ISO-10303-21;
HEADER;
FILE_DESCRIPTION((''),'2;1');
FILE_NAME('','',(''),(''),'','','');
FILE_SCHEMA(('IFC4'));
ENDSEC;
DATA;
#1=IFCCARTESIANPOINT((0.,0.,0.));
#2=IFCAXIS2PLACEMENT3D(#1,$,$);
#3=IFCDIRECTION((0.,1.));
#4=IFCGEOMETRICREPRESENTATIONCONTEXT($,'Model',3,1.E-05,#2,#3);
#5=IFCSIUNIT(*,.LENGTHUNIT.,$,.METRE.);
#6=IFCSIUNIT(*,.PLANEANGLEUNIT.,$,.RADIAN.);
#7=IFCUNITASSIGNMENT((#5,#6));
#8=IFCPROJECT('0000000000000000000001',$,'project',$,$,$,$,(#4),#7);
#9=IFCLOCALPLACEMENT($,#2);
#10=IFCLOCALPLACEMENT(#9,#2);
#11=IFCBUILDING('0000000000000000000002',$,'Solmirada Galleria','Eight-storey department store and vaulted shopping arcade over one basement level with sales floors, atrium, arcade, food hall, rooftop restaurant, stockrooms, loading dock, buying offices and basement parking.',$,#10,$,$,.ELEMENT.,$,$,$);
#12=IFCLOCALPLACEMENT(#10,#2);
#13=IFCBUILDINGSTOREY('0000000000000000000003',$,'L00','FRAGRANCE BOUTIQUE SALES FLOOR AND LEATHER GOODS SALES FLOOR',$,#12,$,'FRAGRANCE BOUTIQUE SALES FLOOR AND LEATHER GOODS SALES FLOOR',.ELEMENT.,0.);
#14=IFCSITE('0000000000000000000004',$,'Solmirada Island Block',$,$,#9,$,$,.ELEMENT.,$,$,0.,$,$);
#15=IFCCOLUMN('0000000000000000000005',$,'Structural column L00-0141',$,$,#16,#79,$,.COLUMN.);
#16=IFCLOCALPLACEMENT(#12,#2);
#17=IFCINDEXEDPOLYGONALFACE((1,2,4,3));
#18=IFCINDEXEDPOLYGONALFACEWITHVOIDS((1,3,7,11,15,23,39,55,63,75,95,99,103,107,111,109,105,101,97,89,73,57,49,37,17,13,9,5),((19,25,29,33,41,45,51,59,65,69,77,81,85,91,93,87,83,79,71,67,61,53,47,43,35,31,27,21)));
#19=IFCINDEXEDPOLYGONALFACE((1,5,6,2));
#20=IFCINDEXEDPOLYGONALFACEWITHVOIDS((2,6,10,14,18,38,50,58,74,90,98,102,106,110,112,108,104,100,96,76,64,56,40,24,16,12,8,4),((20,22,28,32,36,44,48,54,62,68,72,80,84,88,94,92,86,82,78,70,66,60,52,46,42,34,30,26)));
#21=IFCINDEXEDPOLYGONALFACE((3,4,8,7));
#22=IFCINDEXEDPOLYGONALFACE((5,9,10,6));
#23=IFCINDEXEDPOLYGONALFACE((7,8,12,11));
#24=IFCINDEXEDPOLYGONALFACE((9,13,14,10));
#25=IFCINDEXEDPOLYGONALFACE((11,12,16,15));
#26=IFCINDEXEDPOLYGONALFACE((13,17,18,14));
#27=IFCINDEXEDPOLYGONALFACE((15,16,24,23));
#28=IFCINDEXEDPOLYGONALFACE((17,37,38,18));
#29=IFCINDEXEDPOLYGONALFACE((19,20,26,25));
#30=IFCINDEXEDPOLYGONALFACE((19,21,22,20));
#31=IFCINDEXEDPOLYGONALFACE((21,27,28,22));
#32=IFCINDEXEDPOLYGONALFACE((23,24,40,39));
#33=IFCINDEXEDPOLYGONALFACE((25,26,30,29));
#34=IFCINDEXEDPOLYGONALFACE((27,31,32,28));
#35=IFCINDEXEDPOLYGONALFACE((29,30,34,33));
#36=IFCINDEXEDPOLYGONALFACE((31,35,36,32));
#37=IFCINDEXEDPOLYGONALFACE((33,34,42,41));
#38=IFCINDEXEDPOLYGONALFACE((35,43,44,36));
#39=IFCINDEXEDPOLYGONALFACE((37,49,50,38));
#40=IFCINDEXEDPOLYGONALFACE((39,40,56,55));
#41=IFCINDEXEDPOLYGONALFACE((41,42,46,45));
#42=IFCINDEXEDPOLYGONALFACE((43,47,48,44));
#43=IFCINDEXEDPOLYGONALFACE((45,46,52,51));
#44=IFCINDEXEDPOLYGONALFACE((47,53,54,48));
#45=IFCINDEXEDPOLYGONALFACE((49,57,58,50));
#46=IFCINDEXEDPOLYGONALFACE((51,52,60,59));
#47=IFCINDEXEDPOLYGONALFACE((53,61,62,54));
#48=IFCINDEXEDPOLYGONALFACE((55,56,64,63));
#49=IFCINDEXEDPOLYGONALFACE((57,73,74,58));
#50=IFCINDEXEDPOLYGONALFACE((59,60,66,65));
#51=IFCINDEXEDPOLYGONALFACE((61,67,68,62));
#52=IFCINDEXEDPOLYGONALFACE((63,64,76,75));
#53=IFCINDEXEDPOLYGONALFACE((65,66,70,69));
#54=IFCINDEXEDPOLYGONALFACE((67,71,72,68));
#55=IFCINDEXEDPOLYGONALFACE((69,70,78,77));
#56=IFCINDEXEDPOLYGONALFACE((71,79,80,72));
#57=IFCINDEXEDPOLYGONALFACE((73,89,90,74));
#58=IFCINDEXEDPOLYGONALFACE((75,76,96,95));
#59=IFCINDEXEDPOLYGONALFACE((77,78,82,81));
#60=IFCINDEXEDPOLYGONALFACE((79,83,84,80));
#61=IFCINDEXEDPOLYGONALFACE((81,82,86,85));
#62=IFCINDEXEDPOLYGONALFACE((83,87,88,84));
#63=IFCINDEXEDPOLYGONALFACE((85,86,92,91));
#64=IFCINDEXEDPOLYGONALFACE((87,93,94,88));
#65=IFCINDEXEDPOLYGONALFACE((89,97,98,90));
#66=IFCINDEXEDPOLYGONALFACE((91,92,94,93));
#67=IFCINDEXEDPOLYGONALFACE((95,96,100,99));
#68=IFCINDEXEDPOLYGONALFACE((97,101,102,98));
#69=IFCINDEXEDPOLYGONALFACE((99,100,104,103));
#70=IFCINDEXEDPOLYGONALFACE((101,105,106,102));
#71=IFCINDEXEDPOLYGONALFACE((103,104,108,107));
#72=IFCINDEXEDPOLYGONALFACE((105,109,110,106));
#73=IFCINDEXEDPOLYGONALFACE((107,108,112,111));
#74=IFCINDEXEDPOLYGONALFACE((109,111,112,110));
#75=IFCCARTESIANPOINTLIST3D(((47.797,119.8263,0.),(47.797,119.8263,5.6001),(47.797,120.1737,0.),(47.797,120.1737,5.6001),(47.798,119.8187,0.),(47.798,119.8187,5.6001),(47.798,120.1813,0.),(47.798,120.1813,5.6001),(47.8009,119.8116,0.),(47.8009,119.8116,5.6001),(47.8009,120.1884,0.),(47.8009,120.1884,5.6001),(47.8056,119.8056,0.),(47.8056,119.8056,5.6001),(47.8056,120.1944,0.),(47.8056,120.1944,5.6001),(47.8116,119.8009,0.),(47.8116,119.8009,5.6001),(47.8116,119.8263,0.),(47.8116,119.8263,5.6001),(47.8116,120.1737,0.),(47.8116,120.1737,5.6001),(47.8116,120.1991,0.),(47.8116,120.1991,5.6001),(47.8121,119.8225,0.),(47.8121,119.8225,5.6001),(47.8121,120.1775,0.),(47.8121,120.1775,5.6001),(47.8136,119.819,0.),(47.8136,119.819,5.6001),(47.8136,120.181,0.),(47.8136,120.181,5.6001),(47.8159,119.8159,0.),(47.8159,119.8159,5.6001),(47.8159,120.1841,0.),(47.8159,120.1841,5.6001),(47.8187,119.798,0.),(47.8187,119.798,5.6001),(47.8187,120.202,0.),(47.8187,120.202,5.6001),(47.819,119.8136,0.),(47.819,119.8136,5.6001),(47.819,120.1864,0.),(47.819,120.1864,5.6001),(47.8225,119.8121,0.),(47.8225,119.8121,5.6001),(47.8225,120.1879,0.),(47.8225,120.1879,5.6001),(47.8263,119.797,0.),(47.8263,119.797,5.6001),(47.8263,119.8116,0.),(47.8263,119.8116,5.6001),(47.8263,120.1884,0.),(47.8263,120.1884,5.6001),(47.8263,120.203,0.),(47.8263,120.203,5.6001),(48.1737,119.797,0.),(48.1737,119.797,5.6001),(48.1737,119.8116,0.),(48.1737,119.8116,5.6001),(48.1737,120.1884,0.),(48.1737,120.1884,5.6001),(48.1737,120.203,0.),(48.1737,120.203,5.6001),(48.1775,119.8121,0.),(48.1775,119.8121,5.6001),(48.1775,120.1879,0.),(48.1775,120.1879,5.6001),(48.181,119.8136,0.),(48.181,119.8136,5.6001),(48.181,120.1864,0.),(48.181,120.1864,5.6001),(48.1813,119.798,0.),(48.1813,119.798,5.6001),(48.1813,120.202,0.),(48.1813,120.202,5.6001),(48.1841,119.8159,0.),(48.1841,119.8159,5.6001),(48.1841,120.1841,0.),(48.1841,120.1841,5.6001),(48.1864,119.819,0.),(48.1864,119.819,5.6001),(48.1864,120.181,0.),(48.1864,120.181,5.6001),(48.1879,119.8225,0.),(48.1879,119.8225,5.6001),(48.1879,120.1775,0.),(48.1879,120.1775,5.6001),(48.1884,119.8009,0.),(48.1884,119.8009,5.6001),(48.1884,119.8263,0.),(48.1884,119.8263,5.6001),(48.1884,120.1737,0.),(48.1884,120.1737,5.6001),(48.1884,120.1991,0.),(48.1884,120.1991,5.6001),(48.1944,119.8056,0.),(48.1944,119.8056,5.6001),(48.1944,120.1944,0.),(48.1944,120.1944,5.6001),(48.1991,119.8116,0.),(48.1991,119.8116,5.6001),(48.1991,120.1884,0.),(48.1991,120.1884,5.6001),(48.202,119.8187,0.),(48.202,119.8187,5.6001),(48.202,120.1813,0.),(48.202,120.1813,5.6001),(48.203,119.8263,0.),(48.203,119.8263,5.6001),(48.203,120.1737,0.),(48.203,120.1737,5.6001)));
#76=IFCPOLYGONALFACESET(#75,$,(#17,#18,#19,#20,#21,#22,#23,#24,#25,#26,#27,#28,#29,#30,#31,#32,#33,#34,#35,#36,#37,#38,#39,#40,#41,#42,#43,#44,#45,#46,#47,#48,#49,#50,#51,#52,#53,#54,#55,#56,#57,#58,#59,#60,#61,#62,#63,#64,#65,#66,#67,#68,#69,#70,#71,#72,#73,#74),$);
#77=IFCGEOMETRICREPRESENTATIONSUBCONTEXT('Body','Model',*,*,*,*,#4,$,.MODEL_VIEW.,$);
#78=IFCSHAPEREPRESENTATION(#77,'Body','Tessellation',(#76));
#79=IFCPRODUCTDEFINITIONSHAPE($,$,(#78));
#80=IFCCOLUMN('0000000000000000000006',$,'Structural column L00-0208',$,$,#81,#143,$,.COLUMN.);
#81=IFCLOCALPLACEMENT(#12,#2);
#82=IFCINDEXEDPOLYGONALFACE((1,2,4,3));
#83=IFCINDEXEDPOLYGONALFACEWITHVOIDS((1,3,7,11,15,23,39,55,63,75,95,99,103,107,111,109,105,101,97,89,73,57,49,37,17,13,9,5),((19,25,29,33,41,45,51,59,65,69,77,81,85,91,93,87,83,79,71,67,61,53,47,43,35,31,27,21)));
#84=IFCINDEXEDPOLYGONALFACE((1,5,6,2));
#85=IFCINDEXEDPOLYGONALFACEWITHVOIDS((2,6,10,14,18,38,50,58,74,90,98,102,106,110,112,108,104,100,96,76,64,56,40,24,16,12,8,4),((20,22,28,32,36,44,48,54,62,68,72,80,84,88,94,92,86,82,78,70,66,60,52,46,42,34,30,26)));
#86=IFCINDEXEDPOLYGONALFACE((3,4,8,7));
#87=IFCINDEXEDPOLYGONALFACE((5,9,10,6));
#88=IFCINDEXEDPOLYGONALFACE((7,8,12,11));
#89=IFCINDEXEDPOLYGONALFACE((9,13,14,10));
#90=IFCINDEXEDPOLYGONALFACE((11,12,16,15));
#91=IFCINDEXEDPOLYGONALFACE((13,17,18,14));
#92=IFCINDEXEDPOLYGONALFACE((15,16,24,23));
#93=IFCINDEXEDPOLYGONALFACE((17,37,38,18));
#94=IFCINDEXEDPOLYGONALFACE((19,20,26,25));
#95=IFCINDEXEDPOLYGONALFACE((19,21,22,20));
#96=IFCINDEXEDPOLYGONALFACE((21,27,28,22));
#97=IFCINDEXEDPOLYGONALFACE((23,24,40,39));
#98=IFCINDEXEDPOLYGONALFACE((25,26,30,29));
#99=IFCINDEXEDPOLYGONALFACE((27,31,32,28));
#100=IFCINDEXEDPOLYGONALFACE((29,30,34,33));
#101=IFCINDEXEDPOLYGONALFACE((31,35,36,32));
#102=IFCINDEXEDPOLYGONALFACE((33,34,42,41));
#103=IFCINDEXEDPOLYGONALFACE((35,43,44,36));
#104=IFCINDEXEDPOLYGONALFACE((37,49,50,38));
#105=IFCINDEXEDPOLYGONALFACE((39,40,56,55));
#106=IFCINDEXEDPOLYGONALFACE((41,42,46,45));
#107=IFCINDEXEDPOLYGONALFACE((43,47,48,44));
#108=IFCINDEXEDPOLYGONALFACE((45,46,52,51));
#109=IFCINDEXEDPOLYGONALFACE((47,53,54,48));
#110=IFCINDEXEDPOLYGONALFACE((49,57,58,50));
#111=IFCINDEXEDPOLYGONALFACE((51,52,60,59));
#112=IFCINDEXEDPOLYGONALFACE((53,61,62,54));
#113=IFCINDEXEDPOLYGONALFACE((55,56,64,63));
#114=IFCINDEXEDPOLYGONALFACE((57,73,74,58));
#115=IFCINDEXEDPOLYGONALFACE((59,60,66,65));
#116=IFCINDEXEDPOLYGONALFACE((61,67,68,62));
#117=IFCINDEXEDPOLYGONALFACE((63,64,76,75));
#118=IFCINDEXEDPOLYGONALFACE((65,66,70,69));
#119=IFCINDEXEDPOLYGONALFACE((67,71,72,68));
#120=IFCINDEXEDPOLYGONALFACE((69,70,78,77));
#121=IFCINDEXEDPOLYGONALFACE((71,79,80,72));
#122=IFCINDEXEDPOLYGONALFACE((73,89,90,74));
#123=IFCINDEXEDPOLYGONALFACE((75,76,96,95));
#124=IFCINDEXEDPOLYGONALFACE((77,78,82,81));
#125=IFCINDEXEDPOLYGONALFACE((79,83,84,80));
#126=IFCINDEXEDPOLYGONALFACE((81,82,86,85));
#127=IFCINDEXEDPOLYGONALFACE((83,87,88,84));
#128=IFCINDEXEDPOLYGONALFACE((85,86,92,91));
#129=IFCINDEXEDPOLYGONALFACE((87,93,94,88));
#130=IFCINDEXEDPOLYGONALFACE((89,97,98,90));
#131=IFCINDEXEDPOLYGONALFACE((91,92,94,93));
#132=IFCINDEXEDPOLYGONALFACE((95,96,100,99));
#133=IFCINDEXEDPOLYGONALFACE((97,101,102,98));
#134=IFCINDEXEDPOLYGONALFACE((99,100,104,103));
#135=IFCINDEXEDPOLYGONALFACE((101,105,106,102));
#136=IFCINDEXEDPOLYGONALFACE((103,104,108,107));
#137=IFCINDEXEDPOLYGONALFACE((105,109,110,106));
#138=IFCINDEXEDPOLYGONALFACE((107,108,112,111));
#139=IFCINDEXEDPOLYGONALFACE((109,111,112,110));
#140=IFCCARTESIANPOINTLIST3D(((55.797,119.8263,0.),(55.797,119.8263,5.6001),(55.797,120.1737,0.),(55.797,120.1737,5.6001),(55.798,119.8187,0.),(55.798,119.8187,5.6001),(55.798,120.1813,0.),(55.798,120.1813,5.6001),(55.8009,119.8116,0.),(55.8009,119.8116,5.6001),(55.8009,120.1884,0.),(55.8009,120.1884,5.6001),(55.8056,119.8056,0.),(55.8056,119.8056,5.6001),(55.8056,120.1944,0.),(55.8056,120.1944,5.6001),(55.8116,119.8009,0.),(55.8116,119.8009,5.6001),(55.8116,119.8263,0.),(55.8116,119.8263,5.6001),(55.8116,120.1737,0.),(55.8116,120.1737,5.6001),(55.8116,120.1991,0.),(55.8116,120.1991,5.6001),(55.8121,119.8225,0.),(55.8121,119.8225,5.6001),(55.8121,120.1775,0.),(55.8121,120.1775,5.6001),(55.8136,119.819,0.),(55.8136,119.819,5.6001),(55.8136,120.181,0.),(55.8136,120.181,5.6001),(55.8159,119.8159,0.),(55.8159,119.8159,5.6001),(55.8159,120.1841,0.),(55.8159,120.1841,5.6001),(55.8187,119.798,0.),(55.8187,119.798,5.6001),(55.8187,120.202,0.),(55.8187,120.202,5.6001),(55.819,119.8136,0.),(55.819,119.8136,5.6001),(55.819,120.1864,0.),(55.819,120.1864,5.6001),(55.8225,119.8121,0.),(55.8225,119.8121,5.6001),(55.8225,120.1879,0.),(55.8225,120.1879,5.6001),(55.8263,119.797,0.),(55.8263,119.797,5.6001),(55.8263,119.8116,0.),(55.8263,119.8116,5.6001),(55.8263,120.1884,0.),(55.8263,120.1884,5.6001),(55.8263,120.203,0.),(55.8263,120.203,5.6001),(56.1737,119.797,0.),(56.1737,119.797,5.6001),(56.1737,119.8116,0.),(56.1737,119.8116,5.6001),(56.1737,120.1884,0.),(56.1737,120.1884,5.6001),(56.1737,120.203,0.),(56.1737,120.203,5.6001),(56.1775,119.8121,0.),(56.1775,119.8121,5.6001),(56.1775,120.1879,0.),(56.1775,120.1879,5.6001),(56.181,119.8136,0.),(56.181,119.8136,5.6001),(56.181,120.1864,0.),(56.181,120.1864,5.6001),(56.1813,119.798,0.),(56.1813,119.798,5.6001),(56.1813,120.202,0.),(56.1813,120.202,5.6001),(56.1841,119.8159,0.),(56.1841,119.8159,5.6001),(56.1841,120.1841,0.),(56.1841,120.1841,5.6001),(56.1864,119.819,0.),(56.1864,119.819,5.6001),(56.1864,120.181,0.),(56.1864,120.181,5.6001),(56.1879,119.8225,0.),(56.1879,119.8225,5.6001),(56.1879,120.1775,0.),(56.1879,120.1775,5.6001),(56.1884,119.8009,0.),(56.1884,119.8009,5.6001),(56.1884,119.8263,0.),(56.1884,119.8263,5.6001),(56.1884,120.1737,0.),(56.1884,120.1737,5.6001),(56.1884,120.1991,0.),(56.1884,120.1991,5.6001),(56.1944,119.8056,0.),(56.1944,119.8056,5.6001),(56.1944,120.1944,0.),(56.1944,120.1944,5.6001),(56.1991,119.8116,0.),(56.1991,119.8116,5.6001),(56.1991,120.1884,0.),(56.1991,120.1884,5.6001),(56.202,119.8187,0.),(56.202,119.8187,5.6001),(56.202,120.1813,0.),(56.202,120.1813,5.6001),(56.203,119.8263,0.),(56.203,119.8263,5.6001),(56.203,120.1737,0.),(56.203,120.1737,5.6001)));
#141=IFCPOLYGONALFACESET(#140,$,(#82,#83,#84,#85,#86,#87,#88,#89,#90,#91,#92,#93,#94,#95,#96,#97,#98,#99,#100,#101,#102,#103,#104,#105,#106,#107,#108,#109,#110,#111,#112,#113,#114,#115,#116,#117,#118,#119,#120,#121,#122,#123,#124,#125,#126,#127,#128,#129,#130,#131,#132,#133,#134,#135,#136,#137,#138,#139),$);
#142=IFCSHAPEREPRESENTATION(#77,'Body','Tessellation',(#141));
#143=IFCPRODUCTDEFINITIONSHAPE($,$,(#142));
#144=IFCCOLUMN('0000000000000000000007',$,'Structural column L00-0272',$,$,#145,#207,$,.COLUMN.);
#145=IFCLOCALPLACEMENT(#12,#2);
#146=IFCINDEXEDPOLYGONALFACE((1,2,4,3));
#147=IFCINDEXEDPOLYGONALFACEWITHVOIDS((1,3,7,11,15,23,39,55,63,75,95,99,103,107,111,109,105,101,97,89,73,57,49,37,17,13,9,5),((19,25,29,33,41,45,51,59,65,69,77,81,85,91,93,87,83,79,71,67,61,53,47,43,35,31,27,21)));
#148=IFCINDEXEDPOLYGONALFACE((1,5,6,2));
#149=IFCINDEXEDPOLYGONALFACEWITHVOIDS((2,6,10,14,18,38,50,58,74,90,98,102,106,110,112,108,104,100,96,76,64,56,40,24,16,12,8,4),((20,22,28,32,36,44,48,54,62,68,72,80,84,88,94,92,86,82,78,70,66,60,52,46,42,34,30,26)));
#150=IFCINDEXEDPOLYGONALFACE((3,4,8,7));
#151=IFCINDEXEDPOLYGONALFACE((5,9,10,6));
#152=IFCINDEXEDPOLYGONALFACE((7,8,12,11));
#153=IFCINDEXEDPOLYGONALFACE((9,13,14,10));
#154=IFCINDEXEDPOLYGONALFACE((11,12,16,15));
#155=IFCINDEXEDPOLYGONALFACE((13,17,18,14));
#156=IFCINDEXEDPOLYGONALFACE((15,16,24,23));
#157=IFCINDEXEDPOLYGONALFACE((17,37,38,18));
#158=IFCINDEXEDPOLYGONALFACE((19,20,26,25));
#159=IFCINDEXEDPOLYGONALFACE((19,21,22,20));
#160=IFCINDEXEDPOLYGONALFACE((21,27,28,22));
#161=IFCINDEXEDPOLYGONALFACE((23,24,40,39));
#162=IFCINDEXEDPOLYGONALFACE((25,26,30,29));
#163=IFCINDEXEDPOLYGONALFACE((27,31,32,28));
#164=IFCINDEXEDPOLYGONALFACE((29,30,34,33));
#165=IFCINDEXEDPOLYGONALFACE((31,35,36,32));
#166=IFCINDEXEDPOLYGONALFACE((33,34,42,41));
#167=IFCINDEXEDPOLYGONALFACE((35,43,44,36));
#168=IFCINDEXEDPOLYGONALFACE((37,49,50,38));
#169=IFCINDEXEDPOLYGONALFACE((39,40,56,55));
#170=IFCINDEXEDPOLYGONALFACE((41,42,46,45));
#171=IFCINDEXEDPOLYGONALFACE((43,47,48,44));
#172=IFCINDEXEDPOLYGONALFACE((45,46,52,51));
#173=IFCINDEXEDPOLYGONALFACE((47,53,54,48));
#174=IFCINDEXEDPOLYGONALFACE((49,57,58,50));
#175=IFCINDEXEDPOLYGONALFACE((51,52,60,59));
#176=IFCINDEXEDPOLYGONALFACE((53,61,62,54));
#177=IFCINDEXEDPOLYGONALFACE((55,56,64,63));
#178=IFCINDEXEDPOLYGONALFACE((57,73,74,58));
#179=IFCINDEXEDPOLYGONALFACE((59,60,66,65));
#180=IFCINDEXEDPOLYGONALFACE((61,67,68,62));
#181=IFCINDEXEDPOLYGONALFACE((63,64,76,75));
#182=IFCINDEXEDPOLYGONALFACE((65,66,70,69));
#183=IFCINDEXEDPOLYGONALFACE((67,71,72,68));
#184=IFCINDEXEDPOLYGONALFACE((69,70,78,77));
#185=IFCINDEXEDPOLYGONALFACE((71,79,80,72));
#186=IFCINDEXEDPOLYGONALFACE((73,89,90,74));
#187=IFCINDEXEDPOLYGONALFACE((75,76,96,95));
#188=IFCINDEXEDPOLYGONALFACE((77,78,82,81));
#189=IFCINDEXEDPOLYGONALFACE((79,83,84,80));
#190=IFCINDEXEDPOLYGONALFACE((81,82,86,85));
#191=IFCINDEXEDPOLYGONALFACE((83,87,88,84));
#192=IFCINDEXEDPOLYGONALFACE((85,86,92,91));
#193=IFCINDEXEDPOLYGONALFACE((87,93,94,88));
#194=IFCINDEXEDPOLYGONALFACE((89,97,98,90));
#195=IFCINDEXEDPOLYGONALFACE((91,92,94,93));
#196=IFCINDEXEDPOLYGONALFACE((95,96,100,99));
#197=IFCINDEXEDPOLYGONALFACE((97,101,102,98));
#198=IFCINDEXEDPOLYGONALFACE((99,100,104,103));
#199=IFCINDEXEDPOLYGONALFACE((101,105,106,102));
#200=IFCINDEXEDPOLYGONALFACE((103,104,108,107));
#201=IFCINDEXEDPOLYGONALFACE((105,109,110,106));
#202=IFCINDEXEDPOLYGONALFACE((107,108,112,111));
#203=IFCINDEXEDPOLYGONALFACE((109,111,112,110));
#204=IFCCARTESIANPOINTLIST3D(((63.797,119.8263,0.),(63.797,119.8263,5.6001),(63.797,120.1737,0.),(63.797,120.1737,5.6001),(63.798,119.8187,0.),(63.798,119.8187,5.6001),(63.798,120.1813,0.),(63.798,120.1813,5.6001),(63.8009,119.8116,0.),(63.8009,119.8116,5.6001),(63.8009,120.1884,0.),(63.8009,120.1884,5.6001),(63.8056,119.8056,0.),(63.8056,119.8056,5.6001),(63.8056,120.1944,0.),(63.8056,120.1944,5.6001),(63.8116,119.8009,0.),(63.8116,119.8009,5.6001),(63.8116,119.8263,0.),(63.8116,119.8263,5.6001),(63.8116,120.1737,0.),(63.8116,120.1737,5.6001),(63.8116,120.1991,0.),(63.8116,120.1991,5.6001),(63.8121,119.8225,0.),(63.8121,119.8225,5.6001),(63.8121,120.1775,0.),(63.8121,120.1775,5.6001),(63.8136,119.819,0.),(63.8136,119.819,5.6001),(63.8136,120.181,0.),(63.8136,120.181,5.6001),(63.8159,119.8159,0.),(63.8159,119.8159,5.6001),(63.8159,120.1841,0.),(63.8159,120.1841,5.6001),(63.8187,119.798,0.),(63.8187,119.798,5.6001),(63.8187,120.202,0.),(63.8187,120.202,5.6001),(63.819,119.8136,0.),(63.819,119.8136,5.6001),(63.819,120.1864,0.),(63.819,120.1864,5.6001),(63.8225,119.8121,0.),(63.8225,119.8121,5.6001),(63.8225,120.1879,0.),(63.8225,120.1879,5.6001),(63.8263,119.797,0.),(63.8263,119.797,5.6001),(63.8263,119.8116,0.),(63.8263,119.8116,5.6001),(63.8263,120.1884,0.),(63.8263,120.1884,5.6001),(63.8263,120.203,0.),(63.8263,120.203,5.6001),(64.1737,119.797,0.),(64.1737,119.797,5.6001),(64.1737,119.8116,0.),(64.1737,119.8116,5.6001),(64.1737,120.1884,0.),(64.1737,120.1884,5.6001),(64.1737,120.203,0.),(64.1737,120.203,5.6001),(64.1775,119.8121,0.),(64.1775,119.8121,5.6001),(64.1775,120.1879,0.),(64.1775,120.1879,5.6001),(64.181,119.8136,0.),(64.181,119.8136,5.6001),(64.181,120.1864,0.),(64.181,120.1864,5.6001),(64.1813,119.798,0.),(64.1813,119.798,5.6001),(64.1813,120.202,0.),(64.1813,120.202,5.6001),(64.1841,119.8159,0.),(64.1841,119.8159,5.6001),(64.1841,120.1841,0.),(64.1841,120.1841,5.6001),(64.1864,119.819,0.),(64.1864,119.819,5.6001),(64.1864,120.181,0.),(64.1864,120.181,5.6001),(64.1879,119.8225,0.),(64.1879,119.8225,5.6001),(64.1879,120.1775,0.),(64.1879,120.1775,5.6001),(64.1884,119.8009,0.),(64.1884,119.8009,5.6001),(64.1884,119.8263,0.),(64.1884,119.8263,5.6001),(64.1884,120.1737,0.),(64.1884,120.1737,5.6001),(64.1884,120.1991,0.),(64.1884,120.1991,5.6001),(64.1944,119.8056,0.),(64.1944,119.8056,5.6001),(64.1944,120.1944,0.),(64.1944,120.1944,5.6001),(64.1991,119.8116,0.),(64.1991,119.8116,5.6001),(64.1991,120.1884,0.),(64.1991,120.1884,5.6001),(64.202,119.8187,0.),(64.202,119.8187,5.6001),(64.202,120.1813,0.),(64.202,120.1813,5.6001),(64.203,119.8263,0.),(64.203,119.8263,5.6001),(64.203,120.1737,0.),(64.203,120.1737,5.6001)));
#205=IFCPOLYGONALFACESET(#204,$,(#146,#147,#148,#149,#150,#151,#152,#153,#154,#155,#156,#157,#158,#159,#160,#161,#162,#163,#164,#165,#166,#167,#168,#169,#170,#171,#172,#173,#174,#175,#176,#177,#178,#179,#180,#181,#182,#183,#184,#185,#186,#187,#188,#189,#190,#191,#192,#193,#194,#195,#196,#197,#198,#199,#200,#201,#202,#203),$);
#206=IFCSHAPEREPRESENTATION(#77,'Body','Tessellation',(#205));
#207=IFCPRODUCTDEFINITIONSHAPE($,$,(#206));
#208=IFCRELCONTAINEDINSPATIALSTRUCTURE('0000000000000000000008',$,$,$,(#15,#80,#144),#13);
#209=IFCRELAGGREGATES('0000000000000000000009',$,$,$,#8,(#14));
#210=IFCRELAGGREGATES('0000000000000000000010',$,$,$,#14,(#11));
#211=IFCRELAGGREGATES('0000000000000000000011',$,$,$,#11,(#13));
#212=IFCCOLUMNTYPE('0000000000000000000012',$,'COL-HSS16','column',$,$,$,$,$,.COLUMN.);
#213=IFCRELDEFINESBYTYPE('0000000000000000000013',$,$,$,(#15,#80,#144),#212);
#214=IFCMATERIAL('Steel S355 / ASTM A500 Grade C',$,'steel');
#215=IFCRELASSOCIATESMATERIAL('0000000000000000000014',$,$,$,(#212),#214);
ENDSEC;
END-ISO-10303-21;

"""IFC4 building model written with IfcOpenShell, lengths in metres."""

from ifc_helpers import new_model, si_unit, direction, frame, origin, origin_2d, place, context, subcontext, project, spatial, hollow_rectangle, extrude, material, material_profile, profile_set, type_object, element, save


model = new_model("IFC4")

# Units and contexts
model_context = context("Model", 3, precision=1e-05, world=origin(), true_north=direction((0.0, 1.0)))
body_context = subcontext(model_context, "Body", "Model", "MODEL_VIEW")
ifc_project = project(units=[si_unit("LENGTHUNIT", "METRE"), si_unit("PLANEANGLEUNIT", "RADIAN")], contexts=[model_context])

# Site, building, storey
site_placement = place(None, origin())
site = spatial("IfcSite", under=ifc_project, at=site_placement, Name="Solmirada Island Block", CompositionType="ELEMENT", RefElevation=0.0)
building_placement = place(site_placement, origin())
building = spatial("IfcBuilding", under=site, at=building_placement, Name="Solmirada Galleria", Description="Eight-storey department store and vaulted shopping arcade over one basement level with sales floors, atrium, arcade, food hall, rooftop restaurant, stockrooms, loading dock, buying offices and basement parking.", CompositionType="ELEMENT")
storey_placement = place(building_placement, origin())
storey = spatial("IfcBuildingStorey", under=building, at=storey_placement, Name="L00", Description="FRAGRANCE BOUTIQUE SALES FLOOR AND LEATHER GOODS SALES FLOOR", LongName="FRAGRANCE BOUTIQUE SALES FLOOR AND LEATHER GOODS SALES FLOOR", CompositionType="ELEMENT", Elevation=0.0)

# Columns
ifc_material_1 = material(Name="Steel S355 / ASTM A500 Grade C", Category="steel")
ifc_material_profile_1 = material_profile(ifc_material_1, hollow_rectangle(XDim=0.406, YDim=0.406, WallThickness=0.0146, InnerFilletRadius=0.0146, OuterFilletRadius=0.0293, at=origin_2d()), Name="HSS16X16X5/8")
ifc_profile_set_1 = profile_set([ifc_material_profile_1], Name="Steel S355 / ASTM A500 Grade C")
column_type_1 = type_object("IfcColumnType", Name="COL-HSS16", Description="column", PredefinedType="COLUMN", material=ifc_profile_set_1)
for number, where, z_axis, x_axis, name in (
    (1, (48.0, 120.0, 0.0), (0.0, 0.0, 1.0), (1.0, 0.0, 0.0), "Structural column L00-0141"),
    (2, (56.0, 120.0, 0.0), (0.0, 0.0, 1.0), (1.0, 0.0, 0.0), "Structural column L00-0208"),
    (3, (64.0, 120.0, 0.0), (0.0, 0.0, 1.0), (1.0, 0.0, 0.0), "Structural column L00-0272"),
):
    element("IfcColumn", number, at=place(storey_placement, frame(where, z_axis=z_axis, x_axis=x_axis)), inside=storey, type_object=column_type_1, Name=name, PredefinedType="COLUMN", context=body_context, shape_type="SweptSolid", body=[
        extrude(hollow_rectangle(XDim=0.406, YDim=0.406, WallThickness=0.0146, InnerFilletRadius=0.0146, OuterFilletRadius=0.0293, at=origin_2d()), origin(), (0.0, 0.0, 1.0), 5.6001),
    ])

save(model, "model.ifc")
